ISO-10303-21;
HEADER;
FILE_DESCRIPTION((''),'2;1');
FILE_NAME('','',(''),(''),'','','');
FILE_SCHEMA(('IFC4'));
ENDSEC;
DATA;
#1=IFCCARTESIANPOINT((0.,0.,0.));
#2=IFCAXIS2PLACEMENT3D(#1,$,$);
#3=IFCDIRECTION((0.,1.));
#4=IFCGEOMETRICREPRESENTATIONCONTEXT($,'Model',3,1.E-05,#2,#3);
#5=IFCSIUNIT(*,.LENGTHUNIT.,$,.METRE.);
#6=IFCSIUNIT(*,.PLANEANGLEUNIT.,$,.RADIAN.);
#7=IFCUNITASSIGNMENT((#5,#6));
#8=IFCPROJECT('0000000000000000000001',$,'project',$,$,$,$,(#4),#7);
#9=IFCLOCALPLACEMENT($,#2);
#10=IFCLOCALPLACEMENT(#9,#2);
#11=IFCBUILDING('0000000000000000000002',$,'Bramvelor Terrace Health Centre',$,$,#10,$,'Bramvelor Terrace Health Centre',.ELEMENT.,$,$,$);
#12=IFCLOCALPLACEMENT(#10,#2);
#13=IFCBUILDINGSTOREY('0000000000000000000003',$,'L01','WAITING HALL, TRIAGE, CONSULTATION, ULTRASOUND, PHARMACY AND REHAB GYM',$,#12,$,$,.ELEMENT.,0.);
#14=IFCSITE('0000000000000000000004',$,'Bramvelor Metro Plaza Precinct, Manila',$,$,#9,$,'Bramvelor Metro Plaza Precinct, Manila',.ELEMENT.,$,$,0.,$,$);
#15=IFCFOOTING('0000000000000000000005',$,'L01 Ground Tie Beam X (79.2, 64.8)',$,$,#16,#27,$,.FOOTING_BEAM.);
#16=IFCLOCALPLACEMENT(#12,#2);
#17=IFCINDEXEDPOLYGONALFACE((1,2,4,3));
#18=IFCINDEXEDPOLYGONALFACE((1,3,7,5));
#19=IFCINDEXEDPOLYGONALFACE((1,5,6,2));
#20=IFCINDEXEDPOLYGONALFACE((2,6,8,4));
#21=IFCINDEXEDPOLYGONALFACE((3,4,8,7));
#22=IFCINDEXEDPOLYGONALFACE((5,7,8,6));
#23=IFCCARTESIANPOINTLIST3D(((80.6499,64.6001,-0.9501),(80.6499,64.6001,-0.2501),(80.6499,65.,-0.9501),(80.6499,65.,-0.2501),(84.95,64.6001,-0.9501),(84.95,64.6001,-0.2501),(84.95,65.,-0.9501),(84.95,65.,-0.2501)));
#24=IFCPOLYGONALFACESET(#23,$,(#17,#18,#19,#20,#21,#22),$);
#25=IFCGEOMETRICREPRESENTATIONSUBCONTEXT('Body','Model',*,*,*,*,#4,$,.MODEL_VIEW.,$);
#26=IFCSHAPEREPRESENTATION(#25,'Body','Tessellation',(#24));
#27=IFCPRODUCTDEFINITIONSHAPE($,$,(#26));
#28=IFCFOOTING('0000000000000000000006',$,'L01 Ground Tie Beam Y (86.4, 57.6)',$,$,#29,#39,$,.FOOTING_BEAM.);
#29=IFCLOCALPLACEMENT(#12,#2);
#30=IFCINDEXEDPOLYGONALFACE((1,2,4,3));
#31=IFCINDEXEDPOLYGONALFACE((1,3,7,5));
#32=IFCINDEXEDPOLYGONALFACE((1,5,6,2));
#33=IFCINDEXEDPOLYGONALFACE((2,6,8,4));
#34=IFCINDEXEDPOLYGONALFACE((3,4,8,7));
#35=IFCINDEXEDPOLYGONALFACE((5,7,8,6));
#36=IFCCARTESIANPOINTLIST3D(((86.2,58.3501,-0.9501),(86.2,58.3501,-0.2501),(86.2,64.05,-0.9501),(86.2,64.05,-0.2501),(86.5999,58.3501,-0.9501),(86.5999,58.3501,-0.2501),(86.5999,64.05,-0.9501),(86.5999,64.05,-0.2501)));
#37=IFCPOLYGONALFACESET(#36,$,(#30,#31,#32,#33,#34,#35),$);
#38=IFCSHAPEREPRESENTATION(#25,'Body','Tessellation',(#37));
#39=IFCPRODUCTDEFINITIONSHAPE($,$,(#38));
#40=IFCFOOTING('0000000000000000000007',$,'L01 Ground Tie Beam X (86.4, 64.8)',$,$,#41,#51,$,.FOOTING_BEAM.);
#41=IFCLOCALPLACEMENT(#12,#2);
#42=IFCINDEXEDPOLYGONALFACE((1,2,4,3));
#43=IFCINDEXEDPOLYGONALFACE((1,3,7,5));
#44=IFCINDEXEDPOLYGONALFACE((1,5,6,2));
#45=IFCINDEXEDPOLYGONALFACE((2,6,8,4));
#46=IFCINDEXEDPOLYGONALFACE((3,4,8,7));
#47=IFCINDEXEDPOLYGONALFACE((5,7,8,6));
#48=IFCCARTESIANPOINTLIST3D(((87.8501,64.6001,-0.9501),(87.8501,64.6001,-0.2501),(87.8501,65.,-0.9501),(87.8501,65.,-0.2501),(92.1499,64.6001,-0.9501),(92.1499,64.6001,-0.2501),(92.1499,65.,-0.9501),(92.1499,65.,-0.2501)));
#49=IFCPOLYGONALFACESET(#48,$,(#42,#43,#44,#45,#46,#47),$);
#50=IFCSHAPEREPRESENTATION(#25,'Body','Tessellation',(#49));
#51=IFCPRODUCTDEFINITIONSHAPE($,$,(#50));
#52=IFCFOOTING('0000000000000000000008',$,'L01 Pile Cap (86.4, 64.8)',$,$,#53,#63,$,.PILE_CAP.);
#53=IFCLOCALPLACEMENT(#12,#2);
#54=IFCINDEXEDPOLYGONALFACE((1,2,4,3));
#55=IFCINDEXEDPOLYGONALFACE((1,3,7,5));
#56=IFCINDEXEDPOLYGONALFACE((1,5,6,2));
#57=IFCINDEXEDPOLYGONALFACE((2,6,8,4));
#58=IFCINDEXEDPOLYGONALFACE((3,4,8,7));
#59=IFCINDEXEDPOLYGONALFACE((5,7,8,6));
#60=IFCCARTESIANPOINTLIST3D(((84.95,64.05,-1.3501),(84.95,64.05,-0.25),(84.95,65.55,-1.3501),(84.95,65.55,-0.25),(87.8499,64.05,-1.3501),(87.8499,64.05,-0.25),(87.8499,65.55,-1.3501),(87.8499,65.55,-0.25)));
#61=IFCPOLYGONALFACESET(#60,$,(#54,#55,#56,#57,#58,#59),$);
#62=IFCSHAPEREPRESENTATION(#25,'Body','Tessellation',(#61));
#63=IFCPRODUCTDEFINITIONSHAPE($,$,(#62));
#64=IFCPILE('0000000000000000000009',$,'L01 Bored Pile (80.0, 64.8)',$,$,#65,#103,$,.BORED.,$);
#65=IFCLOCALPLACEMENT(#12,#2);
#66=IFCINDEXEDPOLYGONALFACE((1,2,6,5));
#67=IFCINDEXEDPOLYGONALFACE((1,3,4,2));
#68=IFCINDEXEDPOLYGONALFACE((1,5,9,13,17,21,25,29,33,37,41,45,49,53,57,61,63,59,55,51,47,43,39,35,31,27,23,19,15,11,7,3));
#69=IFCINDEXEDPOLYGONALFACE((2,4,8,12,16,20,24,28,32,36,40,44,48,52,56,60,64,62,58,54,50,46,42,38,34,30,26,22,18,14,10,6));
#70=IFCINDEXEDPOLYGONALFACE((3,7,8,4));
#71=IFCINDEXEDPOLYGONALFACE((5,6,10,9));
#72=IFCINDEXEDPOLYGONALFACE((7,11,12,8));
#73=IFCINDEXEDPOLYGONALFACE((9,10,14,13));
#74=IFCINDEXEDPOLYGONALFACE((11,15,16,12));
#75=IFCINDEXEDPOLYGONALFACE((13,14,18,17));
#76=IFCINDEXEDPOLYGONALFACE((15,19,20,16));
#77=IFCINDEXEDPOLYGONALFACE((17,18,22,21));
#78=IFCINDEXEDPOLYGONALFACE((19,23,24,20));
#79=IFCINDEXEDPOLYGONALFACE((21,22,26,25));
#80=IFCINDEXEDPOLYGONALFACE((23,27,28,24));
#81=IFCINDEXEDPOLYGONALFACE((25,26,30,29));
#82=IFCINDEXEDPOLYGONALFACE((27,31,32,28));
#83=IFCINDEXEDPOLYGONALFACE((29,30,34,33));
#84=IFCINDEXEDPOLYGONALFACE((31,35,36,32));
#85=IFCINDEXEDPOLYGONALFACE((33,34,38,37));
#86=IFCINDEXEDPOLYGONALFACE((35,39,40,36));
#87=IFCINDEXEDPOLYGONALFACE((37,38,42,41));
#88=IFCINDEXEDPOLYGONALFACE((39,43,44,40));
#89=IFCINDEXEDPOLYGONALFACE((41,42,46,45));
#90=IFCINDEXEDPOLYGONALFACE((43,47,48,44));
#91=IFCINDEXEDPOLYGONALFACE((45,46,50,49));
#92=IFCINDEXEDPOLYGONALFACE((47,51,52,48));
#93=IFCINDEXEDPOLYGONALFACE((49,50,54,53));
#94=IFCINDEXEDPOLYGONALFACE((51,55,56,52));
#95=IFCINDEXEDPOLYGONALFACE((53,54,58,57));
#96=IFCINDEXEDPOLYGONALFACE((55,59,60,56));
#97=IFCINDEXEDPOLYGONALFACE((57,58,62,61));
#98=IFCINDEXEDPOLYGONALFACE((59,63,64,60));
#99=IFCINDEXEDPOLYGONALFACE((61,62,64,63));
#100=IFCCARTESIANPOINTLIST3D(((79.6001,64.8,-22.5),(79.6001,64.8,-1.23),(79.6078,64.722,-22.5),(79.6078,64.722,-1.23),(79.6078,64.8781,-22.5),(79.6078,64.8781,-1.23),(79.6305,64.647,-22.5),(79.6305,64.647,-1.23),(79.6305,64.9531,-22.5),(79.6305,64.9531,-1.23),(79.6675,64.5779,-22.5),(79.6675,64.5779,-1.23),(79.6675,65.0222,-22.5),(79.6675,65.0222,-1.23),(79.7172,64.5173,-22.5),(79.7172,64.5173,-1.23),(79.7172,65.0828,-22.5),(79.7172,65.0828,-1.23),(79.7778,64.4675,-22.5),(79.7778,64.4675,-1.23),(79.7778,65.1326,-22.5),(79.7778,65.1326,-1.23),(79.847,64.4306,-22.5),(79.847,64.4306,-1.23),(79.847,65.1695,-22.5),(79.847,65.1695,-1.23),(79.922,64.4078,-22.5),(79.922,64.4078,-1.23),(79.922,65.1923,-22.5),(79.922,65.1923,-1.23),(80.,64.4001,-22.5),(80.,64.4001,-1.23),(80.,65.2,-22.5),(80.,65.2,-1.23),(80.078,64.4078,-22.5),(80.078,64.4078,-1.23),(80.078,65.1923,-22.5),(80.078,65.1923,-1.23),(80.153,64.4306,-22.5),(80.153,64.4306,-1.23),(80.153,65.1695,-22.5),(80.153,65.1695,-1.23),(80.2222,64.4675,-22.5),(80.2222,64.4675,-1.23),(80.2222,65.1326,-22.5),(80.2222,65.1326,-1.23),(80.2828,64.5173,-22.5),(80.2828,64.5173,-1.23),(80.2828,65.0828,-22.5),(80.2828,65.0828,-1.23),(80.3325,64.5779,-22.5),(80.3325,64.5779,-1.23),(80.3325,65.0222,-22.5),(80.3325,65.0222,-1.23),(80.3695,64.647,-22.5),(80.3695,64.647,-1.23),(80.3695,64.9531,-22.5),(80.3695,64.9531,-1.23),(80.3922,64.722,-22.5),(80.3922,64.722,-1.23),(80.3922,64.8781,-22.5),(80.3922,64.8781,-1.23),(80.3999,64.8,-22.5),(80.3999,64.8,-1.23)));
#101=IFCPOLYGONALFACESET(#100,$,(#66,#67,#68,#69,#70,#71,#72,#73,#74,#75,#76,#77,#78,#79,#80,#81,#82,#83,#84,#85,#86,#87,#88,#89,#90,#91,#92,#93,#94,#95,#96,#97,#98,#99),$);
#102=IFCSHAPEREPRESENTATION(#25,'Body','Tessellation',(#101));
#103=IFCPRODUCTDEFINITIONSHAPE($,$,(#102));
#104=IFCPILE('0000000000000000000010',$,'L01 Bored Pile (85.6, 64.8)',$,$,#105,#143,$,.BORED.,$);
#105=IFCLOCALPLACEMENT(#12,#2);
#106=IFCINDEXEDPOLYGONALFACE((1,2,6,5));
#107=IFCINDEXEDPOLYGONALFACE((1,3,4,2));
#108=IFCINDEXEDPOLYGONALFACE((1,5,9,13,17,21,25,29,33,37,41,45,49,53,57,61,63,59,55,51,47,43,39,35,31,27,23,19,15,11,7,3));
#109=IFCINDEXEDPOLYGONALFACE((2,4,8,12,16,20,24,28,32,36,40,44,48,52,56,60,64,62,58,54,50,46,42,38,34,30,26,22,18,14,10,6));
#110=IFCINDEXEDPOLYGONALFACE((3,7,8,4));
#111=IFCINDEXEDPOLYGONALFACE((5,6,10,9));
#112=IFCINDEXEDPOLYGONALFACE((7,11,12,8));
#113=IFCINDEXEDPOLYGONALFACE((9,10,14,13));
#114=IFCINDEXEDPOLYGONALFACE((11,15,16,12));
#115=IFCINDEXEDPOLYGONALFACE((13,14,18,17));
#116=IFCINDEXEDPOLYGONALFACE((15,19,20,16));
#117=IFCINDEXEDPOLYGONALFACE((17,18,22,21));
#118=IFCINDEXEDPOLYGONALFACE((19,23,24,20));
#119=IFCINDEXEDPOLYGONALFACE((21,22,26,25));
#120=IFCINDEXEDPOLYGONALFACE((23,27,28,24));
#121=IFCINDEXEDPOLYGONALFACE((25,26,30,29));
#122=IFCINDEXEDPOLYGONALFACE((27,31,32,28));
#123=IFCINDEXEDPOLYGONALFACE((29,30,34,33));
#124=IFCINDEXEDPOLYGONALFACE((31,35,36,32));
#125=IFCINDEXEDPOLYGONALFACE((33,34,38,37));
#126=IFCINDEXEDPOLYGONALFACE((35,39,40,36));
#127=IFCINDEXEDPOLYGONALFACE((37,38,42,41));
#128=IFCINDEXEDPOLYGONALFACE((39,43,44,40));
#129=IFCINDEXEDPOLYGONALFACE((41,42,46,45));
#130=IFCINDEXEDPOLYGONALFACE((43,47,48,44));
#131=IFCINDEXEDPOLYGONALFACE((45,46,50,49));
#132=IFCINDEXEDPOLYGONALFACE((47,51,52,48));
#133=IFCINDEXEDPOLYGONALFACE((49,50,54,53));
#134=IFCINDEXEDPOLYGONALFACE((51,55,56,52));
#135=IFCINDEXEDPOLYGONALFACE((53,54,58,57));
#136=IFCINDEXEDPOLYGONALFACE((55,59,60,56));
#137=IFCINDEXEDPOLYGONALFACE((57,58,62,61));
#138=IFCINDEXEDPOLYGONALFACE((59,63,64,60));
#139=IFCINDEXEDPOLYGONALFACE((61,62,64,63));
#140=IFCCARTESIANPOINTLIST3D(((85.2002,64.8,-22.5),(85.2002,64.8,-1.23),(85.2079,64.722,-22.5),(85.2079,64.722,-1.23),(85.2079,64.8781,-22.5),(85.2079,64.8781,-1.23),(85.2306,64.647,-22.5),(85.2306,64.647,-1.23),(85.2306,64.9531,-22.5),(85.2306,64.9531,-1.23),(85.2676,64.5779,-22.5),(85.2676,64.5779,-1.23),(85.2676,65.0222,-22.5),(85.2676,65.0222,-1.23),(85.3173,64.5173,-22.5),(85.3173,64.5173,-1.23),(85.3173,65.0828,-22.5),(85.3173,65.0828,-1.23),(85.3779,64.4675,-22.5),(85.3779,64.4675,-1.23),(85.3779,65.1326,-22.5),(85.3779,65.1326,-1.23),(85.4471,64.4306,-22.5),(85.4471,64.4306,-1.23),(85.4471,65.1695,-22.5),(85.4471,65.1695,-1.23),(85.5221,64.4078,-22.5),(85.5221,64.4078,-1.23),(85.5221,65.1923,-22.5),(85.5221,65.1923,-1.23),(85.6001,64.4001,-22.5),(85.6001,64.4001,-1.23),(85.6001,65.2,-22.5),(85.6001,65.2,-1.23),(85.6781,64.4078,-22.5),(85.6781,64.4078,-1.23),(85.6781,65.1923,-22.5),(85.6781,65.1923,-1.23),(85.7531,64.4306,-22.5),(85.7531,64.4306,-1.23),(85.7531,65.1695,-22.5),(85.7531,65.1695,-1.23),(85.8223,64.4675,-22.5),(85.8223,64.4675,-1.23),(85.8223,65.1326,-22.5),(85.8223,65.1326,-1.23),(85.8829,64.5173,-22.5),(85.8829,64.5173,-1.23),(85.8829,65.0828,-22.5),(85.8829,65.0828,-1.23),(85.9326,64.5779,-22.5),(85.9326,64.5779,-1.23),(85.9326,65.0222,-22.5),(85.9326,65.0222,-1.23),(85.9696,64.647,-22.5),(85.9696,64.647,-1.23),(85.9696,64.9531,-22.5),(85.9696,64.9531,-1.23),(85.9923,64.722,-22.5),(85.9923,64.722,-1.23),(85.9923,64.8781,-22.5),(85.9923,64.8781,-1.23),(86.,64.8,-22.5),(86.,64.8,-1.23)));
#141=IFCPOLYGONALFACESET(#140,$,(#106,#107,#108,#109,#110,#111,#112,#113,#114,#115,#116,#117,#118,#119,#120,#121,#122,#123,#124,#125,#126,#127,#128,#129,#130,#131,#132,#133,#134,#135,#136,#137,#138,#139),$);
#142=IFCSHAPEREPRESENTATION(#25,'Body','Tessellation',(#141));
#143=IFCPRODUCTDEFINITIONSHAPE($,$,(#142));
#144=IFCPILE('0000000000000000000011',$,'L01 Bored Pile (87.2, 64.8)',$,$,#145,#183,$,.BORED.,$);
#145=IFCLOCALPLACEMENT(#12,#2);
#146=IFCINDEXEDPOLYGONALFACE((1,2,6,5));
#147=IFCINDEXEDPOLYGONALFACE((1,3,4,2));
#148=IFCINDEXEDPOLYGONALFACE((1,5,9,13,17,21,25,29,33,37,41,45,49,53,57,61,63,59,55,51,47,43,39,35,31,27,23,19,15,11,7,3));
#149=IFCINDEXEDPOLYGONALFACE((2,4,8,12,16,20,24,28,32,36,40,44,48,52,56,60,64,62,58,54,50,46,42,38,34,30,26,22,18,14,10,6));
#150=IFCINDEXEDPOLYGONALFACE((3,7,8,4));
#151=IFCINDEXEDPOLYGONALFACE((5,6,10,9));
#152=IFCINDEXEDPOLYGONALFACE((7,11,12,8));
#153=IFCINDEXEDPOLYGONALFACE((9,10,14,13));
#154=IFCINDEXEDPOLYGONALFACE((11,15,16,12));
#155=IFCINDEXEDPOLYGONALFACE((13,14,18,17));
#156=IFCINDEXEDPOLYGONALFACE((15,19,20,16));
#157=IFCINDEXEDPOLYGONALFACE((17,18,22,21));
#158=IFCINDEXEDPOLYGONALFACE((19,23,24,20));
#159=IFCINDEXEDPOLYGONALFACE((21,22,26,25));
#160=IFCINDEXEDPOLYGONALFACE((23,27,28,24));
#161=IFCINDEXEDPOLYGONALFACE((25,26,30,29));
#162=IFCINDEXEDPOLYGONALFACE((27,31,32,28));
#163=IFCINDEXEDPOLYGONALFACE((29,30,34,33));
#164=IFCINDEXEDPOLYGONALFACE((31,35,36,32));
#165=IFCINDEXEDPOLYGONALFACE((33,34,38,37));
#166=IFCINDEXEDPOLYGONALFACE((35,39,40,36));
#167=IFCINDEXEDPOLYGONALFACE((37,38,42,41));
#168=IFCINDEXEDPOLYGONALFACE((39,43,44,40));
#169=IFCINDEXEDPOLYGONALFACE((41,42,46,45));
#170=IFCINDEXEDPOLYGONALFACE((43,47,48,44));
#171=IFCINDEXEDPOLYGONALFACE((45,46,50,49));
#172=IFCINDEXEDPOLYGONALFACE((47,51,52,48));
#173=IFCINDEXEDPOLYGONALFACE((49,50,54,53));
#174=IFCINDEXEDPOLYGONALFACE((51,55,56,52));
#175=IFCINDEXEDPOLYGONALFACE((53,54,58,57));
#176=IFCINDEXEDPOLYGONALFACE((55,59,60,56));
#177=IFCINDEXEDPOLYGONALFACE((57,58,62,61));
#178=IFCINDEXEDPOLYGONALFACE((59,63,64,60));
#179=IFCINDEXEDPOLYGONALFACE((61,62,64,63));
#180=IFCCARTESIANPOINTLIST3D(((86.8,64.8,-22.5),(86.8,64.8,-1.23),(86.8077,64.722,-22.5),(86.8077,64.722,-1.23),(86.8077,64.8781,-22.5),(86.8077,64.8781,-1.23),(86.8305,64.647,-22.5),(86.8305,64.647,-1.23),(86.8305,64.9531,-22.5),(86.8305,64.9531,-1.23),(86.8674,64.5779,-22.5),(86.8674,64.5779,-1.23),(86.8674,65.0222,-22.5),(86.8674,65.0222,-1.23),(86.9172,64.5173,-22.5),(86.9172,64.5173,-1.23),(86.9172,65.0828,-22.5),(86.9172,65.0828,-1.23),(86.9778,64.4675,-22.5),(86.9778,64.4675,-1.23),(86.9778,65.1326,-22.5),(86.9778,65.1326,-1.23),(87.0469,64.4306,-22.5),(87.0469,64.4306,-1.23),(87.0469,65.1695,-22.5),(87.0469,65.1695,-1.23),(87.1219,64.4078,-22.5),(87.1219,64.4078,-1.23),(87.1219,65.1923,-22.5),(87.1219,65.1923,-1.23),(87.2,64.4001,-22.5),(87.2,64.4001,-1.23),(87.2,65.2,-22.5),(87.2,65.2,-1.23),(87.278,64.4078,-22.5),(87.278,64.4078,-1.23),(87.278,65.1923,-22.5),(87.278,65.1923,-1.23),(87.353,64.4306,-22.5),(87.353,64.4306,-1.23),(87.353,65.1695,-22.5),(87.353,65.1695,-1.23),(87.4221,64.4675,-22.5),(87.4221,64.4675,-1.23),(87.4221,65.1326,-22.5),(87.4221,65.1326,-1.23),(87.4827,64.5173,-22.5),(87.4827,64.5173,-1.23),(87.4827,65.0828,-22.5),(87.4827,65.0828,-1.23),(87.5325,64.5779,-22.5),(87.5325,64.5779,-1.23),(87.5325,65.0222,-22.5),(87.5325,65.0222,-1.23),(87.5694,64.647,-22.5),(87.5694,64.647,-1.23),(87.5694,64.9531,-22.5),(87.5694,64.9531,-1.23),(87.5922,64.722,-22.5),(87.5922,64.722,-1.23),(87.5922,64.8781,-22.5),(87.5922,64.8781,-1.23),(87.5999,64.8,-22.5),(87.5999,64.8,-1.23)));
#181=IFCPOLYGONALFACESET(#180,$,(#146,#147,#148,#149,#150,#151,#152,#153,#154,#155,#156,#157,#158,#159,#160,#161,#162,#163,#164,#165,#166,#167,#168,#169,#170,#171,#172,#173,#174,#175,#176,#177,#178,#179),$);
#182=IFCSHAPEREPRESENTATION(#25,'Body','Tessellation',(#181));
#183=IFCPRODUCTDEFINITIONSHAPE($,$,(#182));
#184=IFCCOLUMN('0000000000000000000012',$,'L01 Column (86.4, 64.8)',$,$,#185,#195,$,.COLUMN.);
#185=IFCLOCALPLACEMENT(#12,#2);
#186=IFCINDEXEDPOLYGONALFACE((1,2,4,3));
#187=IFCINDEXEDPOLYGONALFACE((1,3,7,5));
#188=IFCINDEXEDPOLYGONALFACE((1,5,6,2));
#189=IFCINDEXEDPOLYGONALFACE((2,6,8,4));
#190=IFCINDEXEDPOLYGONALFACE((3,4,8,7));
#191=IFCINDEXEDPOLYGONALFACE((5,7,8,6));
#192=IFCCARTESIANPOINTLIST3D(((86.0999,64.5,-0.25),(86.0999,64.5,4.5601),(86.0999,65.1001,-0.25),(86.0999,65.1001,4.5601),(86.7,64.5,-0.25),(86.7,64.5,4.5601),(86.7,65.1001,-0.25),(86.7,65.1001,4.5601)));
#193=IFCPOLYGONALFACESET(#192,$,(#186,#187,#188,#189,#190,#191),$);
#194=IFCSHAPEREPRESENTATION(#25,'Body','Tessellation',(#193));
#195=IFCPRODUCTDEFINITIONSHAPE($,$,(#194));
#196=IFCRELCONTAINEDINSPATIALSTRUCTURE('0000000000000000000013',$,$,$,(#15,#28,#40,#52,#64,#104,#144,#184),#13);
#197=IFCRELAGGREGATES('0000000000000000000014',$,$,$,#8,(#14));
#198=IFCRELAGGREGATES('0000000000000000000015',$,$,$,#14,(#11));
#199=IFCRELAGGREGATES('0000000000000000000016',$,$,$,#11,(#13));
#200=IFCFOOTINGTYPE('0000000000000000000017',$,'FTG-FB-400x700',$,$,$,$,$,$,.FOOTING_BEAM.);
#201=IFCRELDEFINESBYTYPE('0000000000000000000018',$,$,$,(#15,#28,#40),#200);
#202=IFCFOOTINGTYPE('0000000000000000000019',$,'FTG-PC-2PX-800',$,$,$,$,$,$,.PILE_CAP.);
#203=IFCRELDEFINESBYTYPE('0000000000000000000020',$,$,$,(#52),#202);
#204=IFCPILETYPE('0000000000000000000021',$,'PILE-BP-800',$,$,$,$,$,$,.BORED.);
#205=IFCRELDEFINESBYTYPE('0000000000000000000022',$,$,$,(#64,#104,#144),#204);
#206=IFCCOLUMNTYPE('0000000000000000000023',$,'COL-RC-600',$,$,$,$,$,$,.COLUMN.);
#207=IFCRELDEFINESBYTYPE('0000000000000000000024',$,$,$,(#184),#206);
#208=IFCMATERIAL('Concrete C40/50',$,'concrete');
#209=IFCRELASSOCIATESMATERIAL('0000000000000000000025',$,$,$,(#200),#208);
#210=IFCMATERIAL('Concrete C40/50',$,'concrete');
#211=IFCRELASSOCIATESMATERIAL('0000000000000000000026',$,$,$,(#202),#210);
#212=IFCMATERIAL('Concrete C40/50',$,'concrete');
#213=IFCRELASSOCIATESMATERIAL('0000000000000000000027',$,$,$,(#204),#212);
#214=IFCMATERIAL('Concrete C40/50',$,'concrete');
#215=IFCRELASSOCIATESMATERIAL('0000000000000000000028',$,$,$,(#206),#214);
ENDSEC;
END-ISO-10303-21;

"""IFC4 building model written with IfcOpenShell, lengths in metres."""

from ifc_helpers import new_model, si_unit, direction, frame, origin, origin_2d, place, context, subcontext, project, spatial, rectangle, circle, extrude, material, material_profile, profile_set, type_object, element, save


model = new_model("IFC4")

# Units and contexts
model_context = context("Model", 3, precision=1e-05, world=origin(), true_north=direction((0.0, 1.0)))
body_context = subcontext(model_context, "Body", "Model", "MODEL_VIEW")
ifc_project = project(units=[si_unit("LENGTHUNIT", "METRE"), si_unit("PLANEANGLEUNIT", "RADIAN")], contexts=[model_context])

# Site, building, storey
site_placement = place(None, origin())
site = spatial("IfcSite", under=ifc_project, at=site_placement, Name="Bramvelor Metro Plaza Precinct, Manila", LongName="Bramvelor Metro Plaza Precinct, Manila", CompositionType="ELEMENT", RefElevation=0.0)
building_placement = place(site_placement, origin())
building = spatial("IfcBuilding", under=site, at=building_placement, Name="Bramvelor Terrace Health Centre", LongName="Bramvelor Terrace Health Centre", CompositionType="ELEMENT")
storey_placement = place(building_placement, origin())
storey = spatial("IfcBuildingStorey", under=building, at=storey_placement, Name="L01", Description="WAITING HALL, TRIAGE, CONSULTATION, ULTRASOUND, PHARMACY AND REHAB GYM", CompositionType="ELEMENT", Elevation=0.0)

# Footings
ifc_material_1 = material(Name="Concrete C40/50", Category="concrete")
ifc_material_profile_1 = material_profile(ifc_material_1, rectangle(XDim=0.3999, YDim=0.7, at=origin_2d()), Name="RC 400x700")
ifc_profile_set_1 = profile_set([ifc_material_profile_1], Name="Concrete C40/50")
footing_type_1 = type_object("IfcFootingType", Name="FTG-FB-400x700", PredefinedType="FOOTING_BEAM", material=ifc_profile_set_1)
footing_1_placement = place(storey_placement, frame((80.6499, 64.8, -0.6001), z_axis=(1.0, 0.0, 0.0), x_axis=(0.0, 1.0, 0.0)))
element("IfcFooting", 1, at=footing_1_placement, inside=storey, type_object=footing_type_1, Name="L01 Ground Tie Beam X (79.2, 64.8)", PredefinedType="FOOTING_BEAM", context=body_context, shape_type="SweptSolid", body=[
    extrude(rectangle(XDim=0.3999, YDim=0.7, at=origin_2d()), origin(), (0.0, 0.0, 1.0), 4.3),
])
footing_2_placement = place(storey_placement, frame((86.3999, 58.3501, -0.6001), z_axis=(0.0, 1.0, 0.0), x_axis=(-1.0, 0.0, 0.0)))
element("IfcFooting", 2, at=footing_2_placement, inside=storey, type_object=footing_type_1, Name="L01 Ground Tie Beam Y (86.4, 57.6)", PredefinedType="FOOTING_BEAM", context=body_context, shape_type="SweptSolid", body=[
    extrude(rectangle(XDim=0.3999, YDim=0.7, at=origin_2d()), origin(), (0.0, 0.0, 1.0), 5.7),
])
footing_3_placement = place(storey_placement, frame((87.8501, 64.8, -0.6001), z_axis=(1.0, 0.0, 0.0), x_axis=(0.0, 1.0, 0.0)))
element("IfcFooting", 3, at=footing_3_placement, inside=storey, type_object=footing_type_1, Name="L01 Ground Tie Beam X (86.4, 64.8)", PredefinedType="FOOTING_BEAM", context=body_context, shape_type="SweptSolid", body=[
    extrude(rectangle(XDim=0.3999, YDim=0.7, at=origin_2d()), origin(), (0.0, 0.0, 1.0), 4.2998),
])
ifc_material_2 = material(Name="Concrete C40/50", Category="concrete")
footing_type_2 = type_object("IfcFootingType", Name="FTG-PC-2PX-800", PredefinedType="PILE_CAP", material=ifc_material_2)
footing_4_placement = place(storey_placement, frame((86.3999, 64.8, -1.3501), z_axis=(0.0, 0.0, 1.0), x_axis=(1.0, 0.0, 0.0)))
element("IfcFooting", 4, at=footing_4_placement, inside=storey, type_object=footing_type_2, Name="L01 Pile Cap (86.4, 64.8)", PredefinedType="PILE_CAP", context=body_context, shape_type="SweptSolid", body=[
    extrude(rectangle(XDim=2.8999, YDim=1.5, at=origin_2d()), origin(), (0.0, 0.0, 1.0), 1.1001),
])

# Piles
ifc_material_3 = material(Name="Concrete C40/50", Category="concrete")
ifc_material_profile_2 = material_profile(ifc_material_3, circle(Radius=0.3999, at=origin_2d()), Name="BP D800")
ifc_profile_set_2 = profile_set([ifc_material_profile_2], Name="Concrete C40/50")
pile_type = type_object("IfcPileType", Name="PILE-BP-800", PredefinedType="BORED", material=ifc_profile_set_2)
for number, where, z_axis, x_axis, name in (
    (5, (80.0, 64.8, -1.23), (0.0, 0.0, -1.0), (1.0, 0.0, 0.0), "L01 Bored Pile (80.0, 64.8)"),
    (6, (85.6001, 64.8, -1.23), (0.0, 0.0, -1.0), (1.0, 0.0, 0.0), "L01 Bored Pile (85.6, 64.8)"),
    (7, (87.2, 64.8, -1.23), (0.0, 0.0, -1.0), (1.0, 0.0, 0.0), "L01 Bored Pile (87.2, 64.8)"),
):
    element("IfcPile", number, at=place(storey_placement, frame(where, z_axis=z_axis, x_axis=x_axis)), inside=storey, type_object=pile_type, Name=name, PredefinedType="BORED", context=body_context, shape_type="SweptSolid", body=[
        extrude(circle(Radius=0.3999, at=origin_2d()), origin(), (0.0, 0.0, 1.0), 21.27),
    ])

# Column
ifc_material_4 = material(Name="Concrete C40/50", Category="concrete")
ifc_material_profile_3 = material_profile(ifc_material_4, rectangle(XDim=0.6001, YDim=0.6001, at=origin_2d()), Name="RC 600x600")
ifc_profile_set_3 = profile_set([ifc_material_profile_3], Name="Concrete C40/50")
column_type = type_object("IfcColumnType", Name="COL-RC-600", PredefinedType="COLUMN", material=ifc_profile_set_3)
column_placement = place(storey_placement, frame((86.3999, 64.8, -0.25), z_axis=(0.0, 0.0, 1.0), x_axis=(1.0, 0.0, 0.0)))
element("IfcColumn", 8, at=column_placement, inside=storey, type_object=column_type, Name="L01 Column (86.4, 64.8)", PredefinedType="COLUMN", context=body_context, shape_type="SweptSolid", body=[
    extrude(rectangle(XDim=0.6001, YDim=0.6001, at=origin_2d()), origin(), (0.0, 0.0, 1.0), 4.8101),
])

save(model, "model.ifc")
